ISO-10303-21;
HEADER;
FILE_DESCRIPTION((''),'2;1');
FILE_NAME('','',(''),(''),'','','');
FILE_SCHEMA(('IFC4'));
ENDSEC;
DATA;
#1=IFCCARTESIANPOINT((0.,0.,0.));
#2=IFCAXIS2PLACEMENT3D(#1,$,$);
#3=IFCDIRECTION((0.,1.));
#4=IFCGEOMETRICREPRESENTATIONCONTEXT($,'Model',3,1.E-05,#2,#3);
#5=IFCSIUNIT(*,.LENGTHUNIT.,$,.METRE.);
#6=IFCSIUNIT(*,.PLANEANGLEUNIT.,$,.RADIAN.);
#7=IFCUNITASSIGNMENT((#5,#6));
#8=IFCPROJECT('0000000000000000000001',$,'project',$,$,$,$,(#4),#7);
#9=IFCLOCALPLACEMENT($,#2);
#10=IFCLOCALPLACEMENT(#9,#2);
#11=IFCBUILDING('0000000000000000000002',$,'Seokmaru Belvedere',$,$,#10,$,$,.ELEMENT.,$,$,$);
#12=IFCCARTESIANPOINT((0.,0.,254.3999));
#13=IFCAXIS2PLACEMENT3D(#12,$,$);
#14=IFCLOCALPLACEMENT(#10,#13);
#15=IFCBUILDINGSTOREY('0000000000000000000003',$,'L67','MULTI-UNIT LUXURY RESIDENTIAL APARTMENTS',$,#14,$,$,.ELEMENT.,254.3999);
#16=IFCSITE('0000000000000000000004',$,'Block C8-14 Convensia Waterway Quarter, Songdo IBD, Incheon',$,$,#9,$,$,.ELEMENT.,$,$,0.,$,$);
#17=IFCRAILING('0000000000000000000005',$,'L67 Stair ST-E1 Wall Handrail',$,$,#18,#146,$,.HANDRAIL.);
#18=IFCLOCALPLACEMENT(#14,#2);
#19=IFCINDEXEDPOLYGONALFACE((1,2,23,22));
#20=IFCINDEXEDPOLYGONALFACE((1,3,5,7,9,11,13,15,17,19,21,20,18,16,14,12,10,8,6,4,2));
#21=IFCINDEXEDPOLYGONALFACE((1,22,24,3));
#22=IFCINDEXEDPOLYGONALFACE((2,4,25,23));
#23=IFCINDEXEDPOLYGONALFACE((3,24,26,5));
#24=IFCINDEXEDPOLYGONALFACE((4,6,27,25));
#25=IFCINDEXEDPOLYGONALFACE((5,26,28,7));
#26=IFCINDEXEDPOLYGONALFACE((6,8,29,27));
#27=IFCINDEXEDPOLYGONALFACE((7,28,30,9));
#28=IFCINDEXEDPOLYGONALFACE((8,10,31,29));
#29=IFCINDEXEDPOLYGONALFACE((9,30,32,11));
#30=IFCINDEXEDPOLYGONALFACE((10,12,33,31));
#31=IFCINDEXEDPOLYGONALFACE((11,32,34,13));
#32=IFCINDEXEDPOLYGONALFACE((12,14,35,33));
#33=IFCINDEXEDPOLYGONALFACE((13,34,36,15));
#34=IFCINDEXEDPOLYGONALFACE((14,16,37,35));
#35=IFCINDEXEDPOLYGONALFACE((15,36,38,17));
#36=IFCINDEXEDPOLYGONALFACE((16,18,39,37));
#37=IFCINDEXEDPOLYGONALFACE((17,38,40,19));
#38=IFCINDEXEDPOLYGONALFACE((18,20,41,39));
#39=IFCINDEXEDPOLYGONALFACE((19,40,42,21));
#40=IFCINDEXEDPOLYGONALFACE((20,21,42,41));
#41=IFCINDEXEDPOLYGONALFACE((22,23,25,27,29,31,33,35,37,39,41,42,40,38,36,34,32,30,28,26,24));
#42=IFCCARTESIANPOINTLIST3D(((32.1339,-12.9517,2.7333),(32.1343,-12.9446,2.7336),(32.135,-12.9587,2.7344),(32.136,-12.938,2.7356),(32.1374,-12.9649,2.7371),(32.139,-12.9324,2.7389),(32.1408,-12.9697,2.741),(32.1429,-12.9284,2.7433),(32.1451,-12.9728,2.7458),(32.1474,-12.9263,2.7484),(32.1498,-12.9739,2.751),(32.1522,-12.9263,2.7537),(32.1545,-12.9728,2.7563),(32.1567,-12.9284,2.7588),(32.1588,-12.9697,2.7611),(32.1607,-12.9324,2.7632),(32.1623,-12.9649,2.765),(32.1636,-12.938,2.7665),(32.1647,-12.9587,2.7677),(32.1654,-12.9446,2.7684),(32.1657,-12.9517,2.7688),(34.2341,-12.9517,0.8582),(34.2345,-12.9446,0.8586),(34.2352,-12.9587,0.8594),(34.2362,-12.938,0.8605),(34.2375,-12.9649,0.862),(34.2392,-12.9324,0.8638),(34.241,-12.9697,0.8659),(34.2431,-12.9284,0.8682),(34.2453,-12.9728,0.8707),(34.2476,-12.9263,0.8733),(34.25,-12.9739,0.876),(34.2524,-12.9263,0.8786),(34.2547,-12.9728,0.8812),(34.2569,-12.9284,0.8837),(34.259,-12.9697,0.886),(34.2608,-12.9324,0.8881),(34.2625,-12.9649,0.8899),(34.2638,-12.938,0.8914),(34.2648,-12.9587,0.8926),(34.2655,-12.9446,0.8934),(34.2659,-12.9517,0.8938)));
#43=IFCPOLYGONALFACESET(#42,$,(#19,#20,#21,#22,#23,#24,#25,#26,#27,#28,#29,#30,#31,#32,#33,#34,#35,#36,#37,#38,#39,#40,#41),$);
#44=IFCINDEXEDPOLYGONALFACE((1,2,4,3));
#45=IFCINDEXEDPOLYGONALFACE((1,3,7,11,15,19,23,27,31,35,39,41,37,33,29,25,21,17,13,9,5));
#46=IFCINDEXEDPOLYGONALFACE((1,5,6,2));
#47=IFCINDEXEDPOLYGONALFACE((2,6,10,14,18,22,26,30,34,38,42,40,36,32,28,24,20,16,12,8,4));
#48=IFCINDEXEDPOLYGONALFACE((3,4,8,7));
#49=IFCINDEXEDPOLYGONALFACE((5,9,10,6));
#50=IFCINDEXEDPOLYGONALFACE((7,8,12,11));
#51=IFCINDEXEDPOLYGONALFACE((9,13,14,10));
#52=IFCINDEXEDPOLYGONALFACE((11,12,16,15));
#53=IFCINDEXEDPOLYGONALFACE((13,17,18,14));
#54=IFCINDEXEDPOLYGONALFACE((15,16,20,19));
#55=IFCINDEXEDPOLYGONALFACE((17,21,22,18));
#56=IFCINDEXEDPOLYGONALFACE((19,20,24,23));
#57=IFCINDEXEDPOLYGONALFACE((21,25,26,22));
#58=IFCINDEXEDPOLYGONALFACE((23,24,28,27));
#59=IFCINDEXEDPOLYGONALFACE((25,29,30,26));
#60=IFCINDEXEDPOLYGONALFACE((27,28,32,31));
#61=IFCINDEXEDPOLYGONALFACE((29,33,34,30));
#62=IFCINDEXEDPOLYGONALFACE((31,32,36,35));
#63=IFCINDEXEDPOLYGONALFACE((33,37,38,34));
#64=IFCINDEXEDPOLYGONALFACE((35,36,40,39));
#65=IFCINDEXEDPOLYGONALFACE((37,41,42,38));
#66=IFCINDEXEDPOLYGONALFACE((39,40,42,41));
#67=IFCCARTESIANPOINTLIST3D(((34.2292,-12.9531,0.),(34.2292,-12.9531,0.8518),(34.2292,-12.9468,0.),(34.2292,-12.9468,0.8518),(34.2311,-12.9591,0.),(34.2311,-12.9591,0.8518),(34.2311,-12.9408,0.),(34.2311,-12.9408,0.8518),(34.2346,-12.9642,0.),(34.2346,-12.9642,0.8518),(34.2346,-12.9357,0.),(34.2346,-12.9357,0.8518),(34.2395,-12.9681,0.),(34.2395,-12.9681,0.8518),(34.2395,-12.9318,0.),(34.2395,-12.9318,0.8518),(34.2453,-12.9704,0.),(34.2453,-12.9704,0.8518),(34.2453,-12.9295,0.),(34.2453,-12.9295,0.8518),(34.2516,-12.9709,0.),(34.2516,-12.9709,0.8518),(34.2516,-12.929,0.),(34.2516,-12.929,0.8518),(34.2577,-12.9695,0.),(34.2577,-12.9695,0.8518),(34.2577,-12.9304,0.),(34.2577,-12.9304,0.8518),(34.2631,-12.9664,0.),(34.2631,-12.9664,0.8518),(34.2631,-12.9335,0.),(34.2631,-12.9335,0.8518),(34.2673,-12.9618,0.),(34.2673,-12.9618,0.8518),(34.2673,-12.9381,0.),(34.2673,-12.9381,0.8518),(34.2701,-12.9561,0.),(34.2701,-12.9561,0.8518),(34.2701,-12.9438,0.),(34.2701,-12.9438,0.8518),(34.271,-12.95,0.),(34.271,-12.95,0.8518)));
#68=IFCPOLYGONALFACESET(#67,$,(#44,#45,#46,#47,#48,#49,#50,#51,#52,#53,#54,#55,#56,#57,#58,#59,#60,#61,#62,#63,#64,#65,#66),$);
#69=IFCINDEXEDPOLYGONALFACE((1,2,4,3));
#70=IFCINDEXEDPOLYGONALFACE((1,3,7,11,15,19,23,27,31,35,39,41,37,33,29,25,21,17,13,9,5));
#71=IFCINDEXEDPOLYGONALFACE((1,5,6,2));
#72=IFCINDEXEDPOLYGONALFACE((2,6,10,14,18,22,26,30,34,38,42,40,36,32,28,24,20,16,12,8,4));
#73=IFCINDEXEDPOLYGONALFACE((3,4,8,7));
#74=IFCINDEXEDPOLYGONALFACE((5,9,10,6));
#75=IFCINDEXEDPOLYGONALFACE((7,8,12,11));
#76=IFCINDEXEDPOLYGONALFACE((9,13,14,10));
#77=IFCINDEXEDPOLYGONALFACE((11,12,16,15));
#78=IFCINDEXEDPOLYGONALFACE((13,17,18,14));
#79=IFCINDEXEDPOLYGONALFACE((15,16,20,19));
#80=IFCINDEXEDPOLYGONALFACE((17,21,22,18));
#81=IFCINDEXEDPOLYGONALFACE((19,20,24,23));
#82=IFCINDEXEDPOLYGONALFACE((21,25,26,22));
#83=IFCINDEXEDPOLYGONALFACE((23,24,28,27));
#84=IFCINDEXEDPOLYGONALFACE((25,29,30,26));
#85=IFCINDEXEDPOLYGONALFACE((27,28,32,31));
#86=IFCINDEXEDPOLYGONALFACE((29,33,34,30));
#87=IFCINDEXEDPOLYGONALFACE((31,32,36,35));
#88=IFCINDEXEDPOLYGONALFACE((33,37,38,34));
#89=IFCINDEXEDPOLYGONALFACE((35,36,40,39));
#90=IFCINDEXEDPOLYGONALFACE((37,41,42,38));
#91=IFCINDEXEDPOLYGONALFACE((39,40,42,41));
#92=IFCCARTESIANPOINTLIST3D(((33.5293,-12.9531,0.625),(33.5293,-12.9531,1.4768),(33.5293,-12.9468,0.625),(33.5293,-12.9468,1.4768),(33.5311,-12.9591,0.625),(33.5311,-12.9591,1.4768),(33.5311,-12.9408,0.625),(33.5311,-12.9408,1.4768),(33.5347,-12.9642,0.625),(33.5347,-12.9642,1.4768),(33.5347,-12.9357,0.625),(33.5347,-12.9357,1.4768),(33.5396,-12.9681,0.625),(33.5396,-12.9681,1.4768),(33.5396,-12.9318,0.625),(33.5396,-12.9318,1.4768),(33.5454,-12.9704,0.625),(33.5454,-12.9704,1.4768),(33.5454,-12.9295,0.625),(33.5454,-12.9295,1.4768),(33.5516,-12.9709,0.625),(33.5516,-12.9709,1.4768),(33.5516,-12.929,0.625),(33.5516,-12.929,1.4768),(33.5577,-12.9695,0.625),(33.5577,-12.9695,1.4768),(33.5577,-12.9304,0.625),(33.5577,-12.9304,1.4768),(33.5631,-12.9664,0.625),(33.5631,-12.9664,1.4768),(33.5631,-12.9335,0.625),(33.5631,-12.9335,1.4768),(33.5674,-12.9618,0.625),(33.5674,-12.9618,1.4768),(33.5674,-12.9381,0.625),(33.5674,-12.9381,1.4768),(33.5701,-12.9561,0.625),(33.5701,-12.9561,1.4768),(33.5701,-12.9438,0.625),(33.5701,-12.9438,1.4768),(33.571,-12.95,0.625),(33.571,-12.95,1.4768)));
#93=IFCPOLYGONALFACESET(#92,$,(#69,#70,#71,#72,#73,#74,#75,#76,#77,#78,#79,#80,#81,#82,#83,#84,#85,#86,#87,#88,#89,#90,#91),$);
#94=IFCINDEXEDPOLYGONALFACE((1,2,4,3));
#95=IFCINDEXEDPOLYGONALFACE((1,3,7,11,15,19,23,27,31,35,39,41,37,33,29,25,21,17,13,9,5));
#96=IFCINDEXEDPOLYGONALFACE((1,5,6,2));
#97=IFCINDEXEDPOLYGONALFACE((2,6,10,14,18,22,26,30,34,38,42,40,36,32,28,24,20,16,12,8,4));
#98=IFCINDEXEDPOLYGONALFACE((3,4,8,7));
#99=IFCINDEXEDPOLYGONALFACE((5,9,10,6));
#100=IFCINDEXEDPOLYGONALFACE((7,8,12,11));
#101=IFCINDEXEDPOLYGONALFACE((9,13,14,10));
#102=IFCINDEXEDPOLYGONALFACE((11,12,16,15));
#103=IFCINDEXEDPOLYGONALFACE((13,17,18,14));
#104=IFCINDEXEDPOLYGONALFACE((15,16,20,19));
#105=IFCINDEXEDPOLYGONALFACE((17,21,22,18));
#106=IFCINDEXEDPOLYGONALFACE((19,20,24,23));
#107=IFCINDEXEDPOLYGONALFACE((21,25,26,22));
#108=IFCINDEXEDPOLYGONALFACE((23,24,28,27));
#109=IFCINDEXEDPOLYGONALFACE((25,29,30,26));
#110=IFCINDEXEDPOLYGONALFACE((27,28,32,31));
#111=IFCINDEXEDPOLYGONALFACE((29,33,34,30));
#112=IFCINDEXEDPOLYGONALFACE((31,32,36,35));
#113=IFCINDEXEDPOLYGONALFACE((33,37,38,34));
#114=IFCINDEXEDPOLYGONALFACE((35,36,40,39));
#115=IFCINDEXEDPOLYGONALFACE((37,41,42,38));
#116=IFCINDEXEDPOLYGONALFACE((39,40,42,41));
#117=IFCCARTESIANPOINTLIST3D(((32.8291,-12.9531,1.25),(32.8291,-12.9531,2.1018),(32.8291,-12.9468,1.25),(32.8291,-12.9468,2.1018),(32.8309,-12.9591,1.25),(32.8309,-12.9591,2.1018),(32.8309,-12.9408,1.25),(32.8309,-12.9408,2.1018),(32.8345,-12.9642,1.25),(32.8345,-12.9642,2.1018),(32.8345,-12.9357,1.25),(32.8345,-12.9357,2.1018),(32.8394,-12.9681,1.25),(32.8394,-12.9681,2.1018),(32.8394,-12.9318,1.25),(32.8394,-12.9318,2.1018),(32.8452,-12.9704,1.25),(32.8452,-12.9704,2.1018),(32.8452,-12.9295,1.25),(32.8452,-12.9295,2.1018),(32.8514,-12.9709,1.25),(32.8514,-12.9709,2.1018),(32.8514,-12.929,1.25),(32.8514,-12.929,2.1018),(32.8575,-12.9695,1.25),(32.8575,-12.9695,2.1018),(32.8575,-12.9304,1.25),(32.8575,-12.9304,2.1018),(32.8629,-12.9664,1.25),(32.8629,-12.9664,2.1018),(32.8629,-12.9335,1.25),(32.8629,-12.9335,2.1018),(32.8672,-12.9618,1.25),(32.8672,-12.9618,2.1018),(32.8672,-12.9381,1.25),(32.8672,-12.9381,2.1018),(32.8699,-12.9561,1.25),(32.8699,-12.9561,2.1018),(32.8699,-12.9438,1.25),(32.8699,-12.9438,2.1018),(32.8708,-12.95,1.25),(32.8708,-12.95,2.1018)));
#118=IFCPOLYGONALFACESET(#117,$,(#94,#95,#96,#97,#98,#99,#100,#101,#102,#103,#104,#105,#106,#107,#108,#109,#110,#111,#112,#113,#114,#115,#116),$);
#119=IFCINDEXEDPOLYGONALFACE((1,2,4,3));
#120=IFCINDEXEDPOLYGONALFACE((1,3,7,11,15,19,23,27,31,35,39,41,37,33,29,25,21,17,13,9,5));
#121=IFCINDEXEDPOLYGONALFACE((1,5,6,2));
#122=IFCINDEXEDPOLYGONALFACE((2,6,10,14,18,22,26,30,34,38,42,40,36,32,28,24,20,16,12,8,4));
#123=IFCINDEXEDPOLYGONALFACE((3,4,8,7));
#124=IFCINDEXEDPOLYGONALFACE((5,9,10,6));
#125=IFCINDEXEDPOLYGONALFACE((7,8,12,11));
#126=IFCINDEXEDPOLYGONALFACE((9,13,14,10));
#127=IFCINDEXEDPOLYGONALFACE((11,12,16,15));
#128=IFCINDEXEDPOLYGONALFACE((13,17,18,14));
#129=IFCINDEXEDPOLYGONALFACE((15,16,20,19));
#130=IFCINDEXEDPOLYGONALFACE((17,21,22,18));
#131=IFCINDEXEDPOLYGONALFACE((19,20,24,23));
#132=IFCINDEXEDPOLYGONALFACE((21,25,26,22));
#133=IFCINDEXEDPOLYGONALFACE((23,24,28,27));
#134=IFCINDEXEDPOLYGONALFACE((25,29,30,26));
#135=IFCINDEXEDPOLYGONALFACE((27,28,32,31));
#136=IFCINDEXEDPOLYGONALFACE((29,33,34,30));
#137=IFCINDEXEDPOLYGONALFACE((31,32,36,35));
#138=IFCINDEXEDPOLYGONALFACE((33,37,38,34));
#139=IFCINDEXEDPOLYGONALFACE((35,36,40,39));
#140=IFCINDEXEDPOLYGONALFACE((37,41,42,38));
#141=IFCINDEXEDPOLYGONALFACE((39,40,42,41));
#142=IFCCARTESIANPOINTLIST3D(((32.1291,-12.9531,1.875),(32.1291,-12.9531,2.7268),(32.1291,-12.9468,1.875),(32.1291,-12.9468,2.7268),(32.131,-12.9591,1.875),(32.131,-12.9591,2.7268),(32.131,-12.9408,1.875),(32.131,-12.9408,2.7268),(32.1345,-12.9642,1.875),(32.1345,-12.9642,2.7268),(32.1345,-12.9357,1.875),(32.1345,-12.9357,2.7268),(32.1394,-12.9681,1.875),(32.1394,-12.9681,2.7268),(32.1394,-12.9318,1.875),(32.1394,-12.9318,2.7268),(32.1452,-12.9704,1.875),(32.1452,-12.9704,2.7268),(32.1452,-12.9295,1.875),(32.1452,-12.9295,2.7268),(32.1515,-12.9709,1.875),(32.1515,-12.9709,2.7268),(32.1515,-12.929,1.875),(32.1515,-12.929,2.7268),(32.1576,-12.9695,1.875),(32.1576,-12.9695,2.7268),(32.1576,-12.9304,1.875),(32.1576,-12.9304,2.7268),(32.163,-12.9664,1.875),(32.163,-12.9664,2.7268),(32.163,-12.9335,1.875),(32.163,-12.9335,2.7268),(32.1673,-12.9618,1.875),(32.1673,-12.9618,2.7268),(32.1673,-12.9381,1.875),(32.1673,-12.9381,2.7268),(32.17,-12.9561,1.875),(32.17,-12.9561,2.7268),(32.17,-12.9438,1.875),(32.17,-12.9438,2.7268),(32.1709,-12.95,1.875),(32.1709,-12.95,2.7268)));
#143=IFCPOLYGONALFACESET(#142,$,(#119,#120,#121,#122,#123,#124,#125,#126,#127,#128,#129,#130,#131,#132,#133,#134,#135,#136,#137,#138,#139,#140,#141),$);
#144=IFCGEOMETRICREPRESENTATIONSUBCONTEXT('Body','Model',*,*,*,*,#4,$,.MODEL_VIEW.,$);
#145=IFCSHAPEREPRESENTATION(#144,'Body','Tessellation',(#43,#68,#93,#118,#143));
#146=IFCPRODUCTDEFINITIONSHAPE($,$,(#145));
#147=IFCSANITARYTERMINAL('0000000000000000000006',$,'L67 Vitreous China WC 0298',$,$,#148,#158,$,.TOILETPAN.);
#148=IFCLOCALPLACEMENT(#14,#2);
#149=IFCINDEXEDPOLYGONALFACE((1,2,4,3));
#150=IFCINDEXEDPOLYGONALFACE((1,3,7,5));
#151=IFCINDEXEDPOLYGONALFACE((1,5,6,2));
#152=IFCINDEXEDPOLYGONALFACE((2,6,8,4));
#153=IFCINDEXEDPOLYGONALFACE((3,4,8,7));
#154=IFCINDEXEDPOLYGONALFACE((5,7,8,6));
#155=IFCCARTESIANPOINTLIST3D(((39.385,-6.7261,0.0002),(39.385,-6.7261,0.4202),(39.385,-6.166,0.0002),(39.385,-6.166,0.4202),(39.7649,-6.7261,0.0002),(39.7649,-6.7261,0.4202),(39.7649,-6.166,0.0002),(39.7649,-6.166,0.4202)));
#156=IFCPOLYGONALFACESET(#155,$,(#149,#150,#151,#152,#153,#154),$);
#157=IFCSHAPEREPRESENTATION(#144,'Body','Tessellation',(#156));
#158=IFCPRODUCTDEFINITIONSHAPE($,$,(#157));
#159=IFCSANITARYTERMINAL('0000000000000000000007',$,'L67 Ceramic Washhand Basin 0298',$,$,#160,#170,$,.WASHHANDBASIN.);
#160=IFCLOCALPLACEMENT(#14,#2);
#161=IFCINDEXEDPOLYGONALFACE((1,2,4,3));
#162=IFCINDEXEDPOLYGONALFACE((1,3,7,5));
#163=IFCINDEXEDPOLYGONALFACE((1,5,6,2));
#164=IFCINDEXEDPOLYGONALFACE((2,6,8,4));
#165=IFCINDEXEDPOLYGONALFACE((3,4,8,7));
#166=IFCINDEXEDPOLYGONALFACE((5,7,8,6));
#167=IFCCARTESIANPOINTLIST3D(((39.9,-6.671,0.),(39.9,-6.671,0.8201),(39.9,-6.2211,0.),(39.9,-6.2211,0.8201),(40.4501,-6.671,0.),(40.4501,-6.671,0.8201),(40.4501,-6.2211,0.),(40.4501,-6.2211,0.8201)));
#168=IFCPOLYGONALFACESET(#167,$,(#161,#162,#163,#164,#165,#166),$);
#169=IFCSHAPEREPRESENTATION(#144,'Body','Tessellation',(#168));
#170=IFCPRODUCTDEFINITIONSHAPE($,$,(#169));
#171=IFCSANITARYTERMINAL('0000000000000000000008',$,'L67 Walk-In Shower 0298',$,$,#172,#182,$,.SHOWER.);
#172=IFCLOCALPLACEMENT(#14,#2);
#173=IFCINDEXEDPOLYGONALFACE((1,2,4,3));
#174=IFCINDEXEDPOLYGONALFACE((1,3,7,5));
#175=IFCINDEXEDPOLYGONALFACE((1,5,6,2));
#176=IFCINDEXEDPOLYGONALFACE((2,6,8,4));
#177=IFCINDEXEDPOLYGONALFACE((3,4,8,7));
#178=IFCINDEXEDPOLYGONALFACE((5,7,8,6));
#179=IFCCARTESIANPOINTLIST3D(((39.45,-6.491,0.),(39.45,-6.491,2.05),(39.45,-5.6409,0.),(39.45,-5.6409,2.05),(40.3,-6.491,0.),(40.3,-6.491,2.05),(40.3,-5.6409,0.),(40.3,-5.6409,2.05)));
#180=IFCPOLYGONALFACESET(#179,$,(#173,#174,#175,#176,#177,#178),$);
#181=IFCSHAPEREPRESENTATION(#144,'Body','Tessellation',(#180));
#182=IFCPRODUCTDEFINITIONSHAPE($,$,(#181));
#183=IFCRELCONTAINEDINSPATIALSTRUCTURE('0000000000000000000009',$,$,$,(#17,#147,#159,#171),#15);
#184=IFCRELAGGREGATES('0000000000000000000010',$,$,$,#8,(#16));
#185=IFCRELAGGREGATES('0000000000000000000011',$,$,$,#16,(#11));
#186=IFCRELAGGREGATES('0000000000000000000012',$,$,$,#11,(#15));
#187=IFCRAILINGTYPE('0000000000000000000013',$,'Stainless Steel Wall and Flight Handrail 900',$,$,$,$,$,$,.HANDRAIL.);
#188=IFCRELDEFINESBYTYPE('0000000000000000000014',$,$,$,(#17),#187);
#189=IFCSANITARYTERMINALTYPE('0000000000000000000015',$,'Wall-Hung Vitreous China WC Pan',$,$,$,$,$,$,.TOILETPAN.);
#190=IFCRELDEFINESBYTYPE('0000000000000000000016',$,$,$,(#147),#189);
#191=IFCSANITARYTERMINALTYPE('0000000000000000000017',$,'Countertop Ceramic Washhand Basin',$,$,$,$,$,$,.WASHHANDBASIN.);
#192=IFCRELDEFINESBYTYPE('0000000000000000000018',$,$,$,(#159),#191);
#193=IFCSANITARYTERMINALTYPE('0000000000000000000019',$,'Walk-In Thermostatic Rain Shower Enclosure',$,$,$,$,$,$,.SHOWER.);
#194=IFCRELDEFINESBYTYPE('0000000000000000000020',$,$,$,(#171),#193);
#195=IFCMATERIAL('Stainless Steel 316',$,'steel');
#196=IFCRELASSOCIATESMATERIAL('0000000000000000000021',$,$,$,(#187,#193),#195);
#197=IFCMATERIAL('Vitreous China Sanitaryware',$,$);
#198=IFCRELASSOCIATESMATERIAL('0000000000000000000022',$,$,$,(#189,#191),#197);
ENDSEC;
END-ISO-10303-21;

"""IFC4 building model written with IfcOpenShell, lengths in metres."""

from ifc_helpers import new_model, si_unit, direction, frame, origin, origin_2d, place, context, subcontext, project, spatial, rectangle, circle, extrude, source, transform, mapped, material, type_object, type_shapes, element, save


model = new_model("IFC4")

# Units and contexts
model_context = context("Model", 3, precision=1e-05, world=origin(), true_north=direction((0.0, 1.0)))
body_context = subcontext(model_context, "Body", "Model", "MODEL_VIEW")
ifc_project = project(units=[si_unit("LENGTHUNIT", "METRE"), si_unit("PLANEANGLEUNIT", "RADIAN")], contexts=[model_context])

# Site, building, storey
site_placement = place(None, origin())
site = spatial("IfcSite", under=ifc_project, at=site_placement, Name="Block C8-14 Convensia Waterway Quarter, Songdo IBD, Incheon", CompositionType="ELEMENT", RefElevation=0.0)
building_placement = place(site_placement, origin())
building = spatial("IfcBuilding", under=site, at=building_placement, Name="Seokmaru Belvedere", CompositionType="ELEMENT")
storey_placement = place(building_placement, frame((0.0, 0.0, 254.3999)))
storey = spatial("IfcBuildingStorey", under=building, at=storey_placement, Name="L67", Description="MULTI-UNIT LUXURY RESIDENTIAL APARTMENTS", CompositionType="ELEMENT", Elevation=254.3999)

# Railing
ifc_material_1 = material(Name="Stainless Steel 316", Category="steel")
railing_type_1 = type_object("IfcRailingType", Name="Stainless Steel Wall and Flight Handrail 900", PredefinedType="HANDRAIL", material=ifc_material_1)
railing_1_placement = place(storey_placement, frame((34.25, -12.95, 0.0)))
element("IfcRailing", 1, at=railing_1_placement, inside=storey, type_object=railing_type_1, Name="L67 Stair ST-E1 Wall Handrail", PredefinedType="HANDRAIL", context=body_context, shape_type="SweptSolid", body=[
    extrude(circle(Radius=0.0239, at=origin_2d()), frame((0.0, 0.0, 0.876), z_axis=(-0.745953, 0.0, 0.665999), x_axis=(0.0, -1.0, 0.0)), (0.0, 0.0, 1.0), 2.8154),
    extrude(circle(Radius=0.021, at=origin_2d()), origin(), (0.0, 0.0, 1.0), 0.8518),
    extrude(circle(Radius=0.021, at=origin_2d()), frame((-0.7, 0.0, 0.625)), (0.0, 0.0, 1.0), 0.8518),
    extrude(circle(Radius=0.021, at=origin_2d()), frame((-1.4001, 0.0, 1.25)), (0.0, 0.0, 1.0), 0.8518),
    extrude(circle(Radius=0.021, at=origin_2d()), frame((-2.1001, 0.0, 1.875)), (0.0, 0.0, 1.0), 0.8518),
])

# Sanitary terminals
ifc_material_2 = material(Name="Vitreous China Sanitaryware")
sanitary_terminal_type_1 = type_object("IfcSanitaryTerminalType", Name="Wall-Hung Vitreous China WC Pan", PredefinedType="TOILETPAN", material=ifc_material_2)
shared_shape_1 = source(origin(), body_context, "Body", "SweptSolid", [
    extrude(rectangle(XDim=0.3799, YDim=0.5601, at=origin_2d()), origin(), (0.0, 0.0, 1.0), 0.4199),
])
type_shapes(sanitary_terminal_type_1, [shared_shape_1])
sanitary_terminal_1_placement = place(storey_placement, frame((39.575, -6.446, 0.0002), z_axis=(0.0, 0.0, 1.0), x_axis=(1.0, 0.0, 0.0)))
element("IfcSanitaryTerminal", 2, at=sanitary_terminal_1_placement, inside=storey, type_object=sanitary_terminal_type_1, Name="L67 Vitreous China WC 0298", PredefinedType="TOILETPAN", context=body_context, shape_type="MappedRepresentation", body=[
    mapped(shared_shape_1, transform((0.0, 0.0, 0.0), scale=1.0)),
])
sanitary_terminal_type_2 = type_object("IfcSanitaryTerminalType", Name="Countertop Ceramic Washhand Basin", PredefinedType="WASHHANDBASIN", material=ifc_material_2)
shared_shape_2 = source(origin(), body_context, "Body", "SweptSolid", [
    extrude(rectangle(XDim=0.55, YDim=0.45, at=origin_2d()), origin(), (0.0, 0.0, 1.0), 0.8201),
])
type_shapes(sanitary_terminal_type_2, [shared_shape_2])
sanitary_terminal_2_placement = place(storey_placement, frame((40.175, -6.446, 0.0), z_axis=(0.0, 0.0, 1.0), x_axis=(1.0, 0.0, 0.0)))
element("IfcSanitaryTerminal", 3, at=sanitary_terminal_2_placement, inside=storey, type_object=sanitary_terminal_type_2, Name="L67 Ceramic Washhand Basin 0298", PredefinedType="WASHHANDBASIN", context=body_context, shape_type="MappedRepresentation", body=[
    mapped(shared_shape_2, transform((0.0, 0.0, 0.0), scale=1.0)),
])
sanitary_terminal_type_3 = type_object("IfcSanitaryTerminalType", Name="Walk-In Thermostatic Rain Shower Enclosure", PredefinedType="SHOWER", material=ifc_material_1)
shared_shape_3 = source(origin(), body_context, "Body", "SweptSolid", [
    extrude(rectangle(XDim=0.8501, YDim=0.8501, at=origin_2d()), origin(), (0.0, 0.0, 1.0), 2.05),
])
type_shapes(sanitary_terminal_type_3, [shared_shape_3])
sanitary_terminal_3_placement = place(storey_placement, frame((39.875, -6.0659, 0.0), z_axis=(0.0, 0.0, 1.0), x_axis=(1.0, 0.0, 0.0)))
element("IfcSanitaryTerminal", 4, at=sanitary_terminal_3_placement, inside=storey, type_object=sanitary_terminal_type_3, Name="L67 Walk-In Shower 0298", PredefinedType="SHOWER", context=body_context, shape_type="MappedRepresentation", body=[
    mapped(shared_shape_3, transform((0.0, 0.0, 0.0), scale=1.0)),
])

save(model, "model.ifc")
